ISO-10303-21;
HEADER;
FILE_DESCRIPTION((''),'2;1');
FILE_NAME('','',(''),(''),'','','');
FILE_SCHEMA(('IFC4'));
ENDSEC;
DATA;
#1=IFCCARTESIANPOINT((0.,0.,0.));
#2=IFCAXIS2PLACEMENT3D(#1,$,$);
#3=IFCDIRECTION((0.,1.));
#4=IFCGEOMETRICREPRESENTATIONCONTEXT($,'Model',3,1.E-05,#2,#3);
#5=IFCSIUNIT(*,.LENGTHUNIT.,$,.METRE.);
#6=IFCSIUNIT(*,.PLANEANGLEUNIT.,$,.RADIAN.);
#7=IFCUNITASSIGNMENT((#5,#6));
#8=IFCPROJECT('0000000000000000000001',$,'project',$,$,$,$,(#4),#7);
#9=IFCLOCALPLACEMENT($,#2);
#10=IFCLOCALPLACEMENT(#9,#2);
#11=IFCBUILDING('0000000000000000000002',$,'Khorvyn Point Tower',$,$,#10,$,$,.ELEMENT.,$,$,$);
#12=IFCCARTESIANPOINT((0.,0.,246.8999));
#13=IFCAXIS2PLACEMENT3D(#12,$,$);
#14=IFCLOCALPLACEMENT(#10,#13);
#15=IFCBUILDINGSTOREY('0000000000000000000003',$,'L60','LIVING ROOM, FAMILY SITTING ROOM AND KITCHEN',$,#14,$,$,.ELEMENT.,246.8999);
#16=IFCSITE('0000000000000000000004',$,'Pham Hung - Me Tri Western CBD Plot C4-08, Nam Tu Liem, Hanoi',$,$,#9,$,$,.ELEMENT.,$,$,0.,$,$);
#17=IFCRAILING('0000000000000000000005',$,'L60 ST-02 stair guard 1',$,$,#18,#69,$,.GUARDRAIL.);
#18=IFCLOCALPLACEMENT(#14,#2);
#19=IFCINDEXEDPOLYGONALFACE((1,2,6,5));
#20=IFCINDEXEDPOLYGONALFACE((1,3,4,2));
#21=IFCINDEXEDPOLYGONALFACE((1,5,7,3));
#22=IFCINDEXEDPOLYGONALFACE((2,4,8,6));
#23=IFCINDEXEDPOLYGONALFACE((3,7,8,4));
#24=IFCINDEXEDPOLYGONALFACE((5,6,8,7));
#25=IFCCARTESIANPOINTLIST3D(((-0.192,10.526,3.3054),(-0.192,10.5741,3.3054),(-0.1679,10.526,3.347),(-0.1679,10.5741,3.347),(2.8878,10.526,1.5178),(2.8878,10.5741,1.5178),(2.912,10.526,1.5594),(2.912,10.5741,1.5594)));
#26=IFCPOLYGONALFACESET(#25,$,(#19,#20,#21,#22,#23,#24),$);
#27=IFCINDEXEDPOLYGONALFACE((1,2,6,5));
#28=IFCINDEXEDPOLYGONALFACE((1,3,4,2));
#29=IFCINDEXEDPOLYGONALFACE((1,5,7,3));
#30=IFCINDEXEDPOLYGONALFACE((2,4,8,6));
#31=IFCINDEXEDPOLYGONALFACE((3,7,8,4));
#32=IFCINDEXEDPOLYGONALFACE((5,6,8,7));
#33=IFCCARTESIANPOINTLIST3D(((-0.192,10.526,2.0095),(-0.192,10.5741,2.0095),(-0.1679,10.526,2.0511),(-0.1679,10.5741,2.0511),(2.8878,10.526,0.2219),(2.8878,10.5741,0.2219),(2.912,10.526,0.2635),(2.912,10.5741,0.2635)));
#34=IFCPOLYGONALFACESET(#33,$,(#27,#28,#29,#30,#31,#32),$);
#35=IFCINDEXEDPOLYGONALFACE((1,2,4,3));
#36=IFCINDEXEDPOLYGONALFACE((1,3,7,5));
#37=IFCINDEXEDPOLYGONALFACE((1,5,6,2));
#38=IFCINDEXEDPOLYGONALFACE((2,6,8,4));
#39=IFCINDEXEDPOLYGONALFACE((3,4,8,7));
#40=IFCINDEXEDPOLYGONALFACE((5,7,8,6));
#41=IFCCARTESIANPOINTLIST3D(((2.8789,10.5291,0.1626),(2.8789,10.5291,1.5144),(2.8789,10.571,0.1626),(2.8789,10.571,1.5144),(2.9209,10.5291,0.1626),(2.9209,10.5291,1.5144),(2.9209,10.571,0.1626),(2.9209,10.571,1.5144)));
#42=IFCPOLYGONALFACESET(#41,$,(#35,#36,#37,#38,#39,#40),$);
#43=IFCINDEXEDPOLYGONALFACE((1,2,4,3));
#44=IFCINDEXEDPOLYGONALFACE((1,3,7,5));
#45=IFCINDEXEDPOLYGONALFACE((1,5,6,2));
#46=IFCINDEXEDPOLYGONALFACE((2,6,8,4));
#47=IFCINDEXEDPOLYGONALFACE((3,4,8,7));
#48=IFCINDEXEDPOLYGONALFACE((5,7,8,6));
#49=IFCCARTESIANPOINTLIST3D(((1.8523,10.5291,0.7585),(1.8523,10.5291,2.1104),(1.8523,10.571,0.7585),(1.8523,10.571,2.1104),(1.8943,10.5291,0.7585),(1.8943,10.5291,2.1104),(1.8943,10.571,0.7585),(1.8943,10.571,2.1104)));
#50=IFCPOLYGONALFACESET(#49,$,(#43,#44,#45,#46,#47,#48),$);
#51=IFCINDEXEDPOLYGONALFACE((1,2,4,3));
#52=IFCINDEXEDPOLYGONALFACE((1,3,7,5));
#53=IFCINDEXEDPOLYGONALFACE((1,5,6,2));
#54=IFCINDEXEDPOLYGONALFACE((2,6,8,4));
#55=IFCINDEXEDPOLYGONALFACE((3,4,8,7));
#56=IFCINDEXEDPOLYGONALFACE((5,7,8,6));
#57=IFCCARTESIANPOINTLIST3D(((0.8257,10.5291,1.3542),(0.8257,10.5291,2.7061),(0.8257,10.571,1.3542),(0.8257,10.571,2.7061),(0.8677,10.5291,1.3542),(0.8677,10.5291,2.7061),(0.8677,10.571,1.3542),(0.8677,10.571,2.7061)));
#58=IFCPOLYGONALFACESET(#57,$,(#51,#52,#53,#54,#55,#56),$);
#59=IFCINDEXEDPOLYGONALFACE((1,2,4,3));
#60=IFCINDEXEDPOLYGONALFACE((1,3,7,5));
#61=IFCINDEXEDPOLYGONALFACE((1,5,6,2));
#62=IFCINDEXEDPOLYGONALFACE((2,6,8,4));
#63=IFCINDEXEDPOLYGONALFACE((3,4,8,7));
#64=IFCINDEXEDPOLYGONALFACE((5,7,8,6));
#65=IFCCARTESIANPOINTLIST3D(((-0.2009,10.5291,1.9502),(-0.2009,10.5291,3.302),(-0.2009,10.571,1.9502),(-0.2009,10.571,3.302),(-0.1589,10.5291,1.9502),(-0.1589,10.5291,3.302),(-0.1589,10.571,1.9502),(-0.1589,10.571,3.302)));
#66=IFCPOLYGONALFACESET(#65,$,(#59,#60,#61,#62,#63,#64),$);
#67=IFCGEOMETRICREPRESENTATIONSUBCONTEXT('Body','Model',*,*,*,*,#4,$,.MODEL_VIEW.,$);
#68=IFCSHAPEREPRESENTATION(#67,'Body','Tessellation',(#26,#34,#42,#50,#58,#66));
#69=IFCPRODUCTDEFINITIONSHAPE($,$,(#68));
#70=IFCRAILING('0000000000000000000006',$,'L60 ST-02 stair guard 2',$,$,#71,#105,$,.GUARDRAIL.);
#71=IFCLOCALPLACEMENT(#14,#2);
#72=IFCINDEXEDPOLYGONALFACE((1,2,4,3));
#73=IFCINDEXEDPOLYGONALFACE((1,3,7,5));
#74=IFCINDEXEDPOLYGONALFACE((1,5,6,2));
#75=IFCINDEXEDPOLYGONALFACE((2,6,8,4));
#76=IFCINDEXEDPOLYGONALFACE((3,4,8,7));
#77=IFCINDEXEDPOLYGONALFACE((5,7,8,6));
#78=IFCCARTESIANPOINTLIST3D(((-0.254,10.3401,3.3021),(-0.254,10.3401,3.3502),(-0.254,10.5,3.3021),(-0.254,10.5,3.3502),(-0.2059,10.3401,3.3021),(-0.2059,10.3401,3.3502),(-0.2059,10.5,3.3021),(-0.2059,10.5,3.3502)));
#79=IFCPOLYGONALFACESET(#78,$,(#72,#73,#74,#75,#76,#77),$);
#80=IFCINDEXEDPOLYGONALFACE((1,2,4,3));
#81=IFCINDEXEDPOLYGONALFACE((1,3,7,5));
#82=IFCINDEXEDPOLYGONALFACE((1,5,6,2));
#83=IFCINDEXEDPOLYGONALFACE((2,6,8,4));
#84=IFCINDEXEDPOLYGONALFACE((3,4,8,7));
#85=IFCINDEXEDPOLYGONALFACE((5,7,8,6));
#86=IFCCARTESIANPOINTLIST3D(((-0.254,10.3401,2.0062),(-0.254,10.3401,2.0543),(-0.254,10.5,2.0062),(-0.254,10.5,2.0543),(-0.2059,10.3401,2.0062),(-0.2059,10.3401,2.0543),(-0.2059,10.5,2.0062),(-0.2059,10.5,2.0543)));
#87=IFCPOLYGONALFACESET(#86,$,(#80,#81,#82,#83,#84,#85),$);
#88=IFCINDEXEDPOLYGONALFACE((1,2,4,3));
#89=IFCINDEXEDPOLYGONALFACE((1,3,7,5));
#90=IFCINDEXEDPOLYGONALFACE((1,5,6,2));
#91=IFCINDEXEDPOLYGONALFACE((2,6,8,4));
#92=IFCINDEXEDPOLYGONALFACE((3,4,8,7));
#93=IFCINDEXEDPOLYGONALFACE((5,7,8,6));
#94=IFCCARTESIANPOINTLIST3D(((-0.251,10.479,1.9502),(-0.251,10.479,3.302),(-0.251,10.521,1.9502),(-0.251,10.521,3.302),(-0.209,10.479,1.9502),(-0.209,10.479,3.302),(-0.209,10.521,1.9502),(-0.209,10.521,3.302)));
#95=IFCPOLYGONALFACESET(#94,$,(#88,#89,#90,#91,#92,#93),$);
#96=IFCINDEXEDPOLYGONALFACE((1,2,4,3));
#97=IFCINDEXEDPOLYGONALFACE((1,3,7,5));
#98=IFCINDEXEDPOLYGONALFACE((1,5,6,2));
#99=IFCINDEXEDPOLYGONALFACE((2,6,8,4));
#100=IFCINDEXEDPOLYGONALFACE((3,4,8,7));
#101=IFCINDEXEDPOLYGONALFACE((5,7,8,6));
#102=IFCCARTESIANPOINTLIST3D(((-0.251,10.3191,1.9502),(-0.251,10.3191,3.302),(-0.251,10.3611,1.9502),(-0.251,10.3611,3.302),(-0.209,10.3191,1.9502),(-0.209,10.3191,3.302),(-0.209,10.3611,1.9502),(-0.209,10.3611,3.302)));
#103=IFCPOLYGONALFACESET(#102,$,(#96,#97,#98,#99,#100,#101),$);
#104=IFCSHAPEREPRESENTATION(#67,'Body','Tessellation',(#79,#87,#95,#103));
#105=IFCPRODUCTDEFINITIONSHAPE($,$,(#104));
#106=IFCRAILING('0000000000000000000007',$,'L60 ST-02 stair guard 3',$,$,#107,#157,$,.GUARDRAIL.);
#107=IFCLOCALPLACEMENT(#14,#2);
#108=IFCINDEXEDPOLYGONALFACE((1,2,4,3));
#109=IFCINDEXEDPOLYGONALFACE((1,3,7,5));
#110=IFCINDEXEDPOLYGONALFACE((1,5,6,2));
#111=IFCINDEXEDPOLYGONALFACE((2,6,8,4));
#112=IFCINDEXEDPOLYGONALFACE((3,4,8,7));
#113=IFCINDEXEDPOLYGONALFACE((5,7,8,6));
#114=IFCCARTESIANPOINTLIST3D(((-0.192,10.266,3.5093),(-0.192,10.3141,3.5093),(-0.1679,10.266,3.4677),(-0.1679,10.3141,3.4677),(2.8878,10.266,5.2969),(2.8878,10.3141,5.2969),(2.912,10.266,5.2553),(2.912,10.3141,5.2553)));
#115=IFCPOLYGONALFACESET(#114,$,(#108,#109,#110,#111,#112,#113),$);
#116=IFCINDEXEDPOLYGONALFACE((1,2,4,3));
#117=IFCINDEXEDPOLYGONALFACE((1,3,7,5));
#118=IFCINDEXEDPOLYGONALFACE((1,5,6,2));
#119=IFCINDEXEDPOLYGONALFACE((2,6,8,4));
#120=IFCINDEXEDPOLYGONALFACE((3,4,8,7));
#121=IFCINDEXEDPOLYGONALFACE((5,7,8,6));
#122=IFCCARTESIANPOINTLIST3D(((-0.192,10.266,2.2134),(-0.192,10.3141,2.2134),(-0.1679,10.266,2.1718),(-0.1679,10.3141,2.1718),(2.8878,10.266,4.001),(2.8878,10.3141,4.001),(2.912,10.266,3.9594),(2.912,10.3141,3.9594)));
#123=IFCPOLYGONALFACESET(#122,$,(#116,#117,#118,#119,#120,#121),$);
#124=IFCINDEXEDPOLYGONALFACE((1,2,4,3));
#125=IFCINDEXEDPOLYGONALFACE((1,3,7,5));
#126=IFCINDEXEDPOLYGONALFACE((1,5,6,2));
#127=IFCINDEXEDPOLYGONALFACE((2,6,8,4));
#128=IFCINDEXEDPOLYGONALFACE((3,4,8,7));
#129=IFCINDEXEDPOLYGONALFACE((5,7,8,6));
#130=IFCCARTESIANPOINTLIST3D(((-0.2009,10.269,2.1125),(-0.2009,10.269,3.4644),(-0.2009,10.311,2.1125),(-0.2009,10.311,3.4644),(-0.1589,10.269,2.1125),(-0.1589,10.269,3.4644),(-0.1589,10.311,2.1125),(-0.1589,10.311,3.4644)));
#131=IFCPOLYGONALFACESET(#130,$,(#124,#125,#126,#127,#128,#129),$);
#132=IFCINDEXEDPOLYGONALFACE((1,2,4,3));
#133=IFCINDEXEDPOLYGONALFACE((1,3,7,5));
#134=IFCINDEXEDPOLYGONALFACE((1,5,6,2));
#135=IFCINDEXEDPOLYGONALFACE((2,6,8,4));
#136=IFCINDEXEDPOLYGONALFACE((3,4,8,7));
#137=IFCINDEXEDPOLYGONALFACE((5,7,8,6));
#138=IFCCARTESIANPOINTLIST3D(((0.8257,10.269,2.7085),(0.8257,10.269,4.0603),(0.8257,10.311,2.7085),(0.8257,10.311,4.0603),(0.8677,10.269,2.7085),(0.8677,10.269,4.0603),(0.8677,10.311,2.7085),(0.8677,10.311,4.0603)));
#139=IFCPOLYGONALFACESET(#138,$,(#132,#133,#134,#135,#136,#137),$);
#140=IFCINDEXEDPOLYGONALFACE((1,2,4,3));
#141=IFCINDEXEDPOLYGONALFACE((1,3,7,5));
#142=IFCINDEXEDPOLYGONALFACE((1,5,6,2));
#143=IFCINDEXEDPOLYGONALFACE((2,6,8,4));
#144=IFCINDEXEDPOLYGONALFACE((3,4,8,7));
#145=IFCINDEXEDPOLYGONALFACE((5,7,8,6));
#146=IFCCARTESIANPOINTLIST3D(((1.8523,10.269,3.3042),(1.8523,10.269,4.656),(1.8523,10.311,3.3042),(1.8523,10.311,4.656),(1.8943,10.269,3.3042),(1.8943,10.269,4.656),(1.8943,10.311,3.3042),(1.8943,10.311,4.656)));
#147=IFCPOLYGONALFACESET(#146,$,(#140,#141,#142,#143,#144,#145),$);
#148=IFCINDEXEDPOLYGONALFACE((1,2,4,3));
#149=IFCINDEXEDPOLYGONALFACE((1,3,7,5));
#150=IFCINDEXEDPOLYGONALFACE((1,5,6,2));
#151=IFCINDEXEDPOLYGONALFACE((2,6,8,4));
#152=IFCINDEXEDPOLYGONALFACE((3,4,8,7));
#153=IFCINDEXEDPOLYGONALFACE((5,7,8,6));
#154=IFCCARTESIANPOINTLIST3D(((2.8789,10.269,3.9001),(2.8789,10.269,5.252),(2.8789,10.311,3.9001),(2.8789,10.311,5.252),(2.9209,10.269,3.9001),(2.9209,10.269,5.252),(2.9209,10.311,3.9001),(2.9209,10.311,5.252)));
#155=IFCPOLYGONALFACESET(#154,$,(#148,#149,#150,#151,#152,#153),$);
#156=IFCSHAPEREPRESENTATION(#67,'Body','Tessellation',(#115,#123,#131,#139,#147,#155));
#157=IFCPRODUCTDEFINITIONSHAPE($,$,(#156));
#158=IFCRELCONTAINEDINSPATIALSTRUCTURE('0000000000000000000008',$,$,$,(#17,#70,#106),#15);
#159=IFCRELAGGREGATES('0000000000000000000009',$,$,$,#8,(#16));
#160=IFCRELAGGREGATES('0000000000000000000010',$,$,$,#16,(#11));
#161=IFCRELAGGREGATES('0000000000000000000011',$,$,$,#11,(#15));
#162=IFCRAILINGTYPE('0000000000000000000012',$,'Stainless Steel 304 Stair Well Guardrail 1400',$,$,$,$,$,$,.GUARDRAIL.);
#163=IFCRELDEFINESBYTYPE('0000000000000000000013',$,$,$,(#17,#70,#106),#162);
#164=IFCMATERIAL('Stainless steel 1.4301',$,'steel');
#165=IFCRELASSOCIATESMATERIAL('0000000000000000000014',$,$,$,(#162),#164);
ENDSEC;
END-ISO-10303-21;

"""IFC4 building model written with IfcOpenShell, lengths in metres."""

from ifc_helpers import new_model, si_unit, direction, frame, origin, origin_2d, place, context, subcontext, project, spatial, rectangle, extrude, material, type_object, element, save


model = new_model("IFC4")

# Units and contexts
model_context = context("Model", 3, precision=1e-05, world=origin(), true_north=direction((0.0, 1.0)))
body_context = subcontext(model_context, "Body", "Model", "MODEL_VIEW")
ifc_project = project(units=[si_unit("LENGTHUNIT", "METRE"), si_unit("PLANEANGLEUNIT", "RADIAN")], contexts=[model_context])

# Site, building, storey
site_placement = place(None, origin())
site = spatial("IfcSite", under=ifc_project, at=site_placement, Name="Pham Hung - Me Tri Western CBD Plot C4-08, Nam Tu Liem, Hanoi", CompositionType="ELEMENT", RefElevation=0.0)
building_placement = place(site_placement, origin())
building = spatial("IfcBuilding", under=site, at=building_placement, Name="Khorvyn Point Tower", CompositionType="ELEMENT")
storey_placement = place(building_placement, frame((0.0, 0.0, 246.8999)))
storey = spatial("IfcBuildingStorey", under=building, at=storey_placement, Name="L60", Description="LIVING ROOM, FAMILY SITTING ROOM AND KITCHEN", CompositionType="ELEMENT", Elevation=246.8999)

# Railings
ifc_material_1 = material(Name="Stainless steel 1.4301", Category="steel")
railing_type_1 = type_object("IfcRailingType", Name="Stainless Steel 304 Stair Well Guardrail 1400", PredefinedType="GUARDRAIL", material=ifc_material_1)
railing_1_placement = place(storey_placement, frame((2.8999, 10.55, 0.1626)))
element("IfcRailing", 1, at=railing_1_placement, inside=storey, type_object=railing_type_1, Name="L60 ST-02 stair guard 1", PredefinedType="GUARDRAIL", context=body_context, shape_type="SweptSolid", body=[
    extrude(rectangle(XDim=0.0481, YDim=0.0481, at=origin_2d()), frame((0.0, 0.0, 1.376), z_axis=(-0.864873, 0.0, 0.50199), x_axis=(0.0, -1.0, 0.0)), (0.0, 0.0, 1.0), 3.561),
    extrude(rectangle(XDim=0.0481, YDim=0.0481, at=origin_2d()), frame((0.0, 0.0, 0.0801), z_axis=(-0.864873, 0.0, 0.50199), x_axis=(0.0, -1.0, 0.0)), (0.0, 0.0, 1.0), 3.561),
    extrude(rectangle(XDim=0.042, YDim=0.042, at=origin_2d()), origin(), (0.0, 0.0, 1.0), 1.3518),
    extrude(rectangle(XDim=0.042, YDim=0.042, at=origin_2d()), frame((-1.0266, 0.0, 0.5959)), (0.0, 0.0, 1.0), 1.3518),
    extrude(rectangle(XDim=0.042, YDim=0.042, at=origin_2d()), frame((-2.0532, 0.0, 1.1917)), (0.0, 0.0, 1.0), 1.3518),
    extrude(rectangle(XDim=0.042, YDim=0.042, at=origin_2d()), frame((-3.0798, 0.0, 1.7876)), (0.0, 0.0, 1.0), 1.3518),
])
railing_2_placement = place(storey_placement, frame((-0.23, 10.5, 1.9502)))
element("IfcRailing", 2, at=railing_2_placement, inside=storey, type_object=railing_type_1, Name="L60 ST-02 stair guard 2", PredefinedType="GUARDRAIL", context=body_context, shape_type="SweptSolid", body=[
    extrude(rectangle(XDim=0.0481, YDim=0.0481, at=origin_2d()), frame((0.0, 0.0, 1.376), z_axis=(0.0, -1.0, 0.0), x_axis=(1.0, 0.0, 0.0)), (0.0, 0.0, 1.0), 0.1599),
    extrude(rectangle(XDim=0.0481, YDim=0.0481, at=origin_2d()), frame((0.0, 0.0, 0.0801), z_axis=(0.0, -1.0, 0.0), x_axis=(1.0, 0.0, 0.0)), (0.0, 0.0, 1.0), 0.1599),
    extrude(rectangle(XDim=0.042, YDim=0.042, at=origin_2d()), origin(), (0.0, 0.0, 1.0), 1.3518),
    extrude(rectangle(XDim=0.042, YDim=0.042, at=origin_2d()), frame((0.0, -0.1599, 0.0)), (0.0, 0.0, 1.0), 1.3518),
])
railing_3_placement = place(storey_placement, frame((-0.1799, 10.29, 2.1125)))
element("IfcRailing", 3, at=railing_3_placement, inside=storey, type_object=railing_type_1, Name="L60 ST-02 stair guard 3", PredefinedType="GUARDRAIL", context=body_context, shape_type="SweptSolid", body=[
    extrude(rectangle(XDim=0.0481, YDim=0.0481, at=origin_2d()), frame((0.0, 0.0, 1.376), z_axis=(0.864873, 0.0, 0.50199), x_axis=(0.0, 1.0, 0.0)), (0.0, 0.0, 1.0), 3.561),
    extrude(rectangle(XDim=0.0481, YDim=0.0481, at=origin_2d()), frame((0.0, 0.0, 0.0801), z_axis=(0.864873, 0.0, 0.50199), x_axis=(0.0, 1.0, 0.0)), (0.0, 0.0, 1.0), 3.561),
    extrude(rectangle(XDim=0.042, YDim=0.042, at=origin_2d()), origin(), (0.0, 0.0, 1.0), 1.3518),
    extrude(rectangle(XDim=0.042, YDim=0.042, at=origin_2d()), frame((1.0266, 0.0, 0.5959)), (0.0, 0.0, 1.0), 1.3518),
    extrude(rectangle(XDim=0.042, YDim=0.042, at=origin_2d()), frame((2.0532, 0.0, 1.1917)), (0.0, 0.0, 1.0), 1.3518),
    extrude(rectangle(XDim=0.042, YDim=0.042, at=origin_2d()), frame((3.0798, 0.0, 1.7876)), (0.0, 0.0, 1.0), 1.3518),
])

save(model, "model.ifc")
